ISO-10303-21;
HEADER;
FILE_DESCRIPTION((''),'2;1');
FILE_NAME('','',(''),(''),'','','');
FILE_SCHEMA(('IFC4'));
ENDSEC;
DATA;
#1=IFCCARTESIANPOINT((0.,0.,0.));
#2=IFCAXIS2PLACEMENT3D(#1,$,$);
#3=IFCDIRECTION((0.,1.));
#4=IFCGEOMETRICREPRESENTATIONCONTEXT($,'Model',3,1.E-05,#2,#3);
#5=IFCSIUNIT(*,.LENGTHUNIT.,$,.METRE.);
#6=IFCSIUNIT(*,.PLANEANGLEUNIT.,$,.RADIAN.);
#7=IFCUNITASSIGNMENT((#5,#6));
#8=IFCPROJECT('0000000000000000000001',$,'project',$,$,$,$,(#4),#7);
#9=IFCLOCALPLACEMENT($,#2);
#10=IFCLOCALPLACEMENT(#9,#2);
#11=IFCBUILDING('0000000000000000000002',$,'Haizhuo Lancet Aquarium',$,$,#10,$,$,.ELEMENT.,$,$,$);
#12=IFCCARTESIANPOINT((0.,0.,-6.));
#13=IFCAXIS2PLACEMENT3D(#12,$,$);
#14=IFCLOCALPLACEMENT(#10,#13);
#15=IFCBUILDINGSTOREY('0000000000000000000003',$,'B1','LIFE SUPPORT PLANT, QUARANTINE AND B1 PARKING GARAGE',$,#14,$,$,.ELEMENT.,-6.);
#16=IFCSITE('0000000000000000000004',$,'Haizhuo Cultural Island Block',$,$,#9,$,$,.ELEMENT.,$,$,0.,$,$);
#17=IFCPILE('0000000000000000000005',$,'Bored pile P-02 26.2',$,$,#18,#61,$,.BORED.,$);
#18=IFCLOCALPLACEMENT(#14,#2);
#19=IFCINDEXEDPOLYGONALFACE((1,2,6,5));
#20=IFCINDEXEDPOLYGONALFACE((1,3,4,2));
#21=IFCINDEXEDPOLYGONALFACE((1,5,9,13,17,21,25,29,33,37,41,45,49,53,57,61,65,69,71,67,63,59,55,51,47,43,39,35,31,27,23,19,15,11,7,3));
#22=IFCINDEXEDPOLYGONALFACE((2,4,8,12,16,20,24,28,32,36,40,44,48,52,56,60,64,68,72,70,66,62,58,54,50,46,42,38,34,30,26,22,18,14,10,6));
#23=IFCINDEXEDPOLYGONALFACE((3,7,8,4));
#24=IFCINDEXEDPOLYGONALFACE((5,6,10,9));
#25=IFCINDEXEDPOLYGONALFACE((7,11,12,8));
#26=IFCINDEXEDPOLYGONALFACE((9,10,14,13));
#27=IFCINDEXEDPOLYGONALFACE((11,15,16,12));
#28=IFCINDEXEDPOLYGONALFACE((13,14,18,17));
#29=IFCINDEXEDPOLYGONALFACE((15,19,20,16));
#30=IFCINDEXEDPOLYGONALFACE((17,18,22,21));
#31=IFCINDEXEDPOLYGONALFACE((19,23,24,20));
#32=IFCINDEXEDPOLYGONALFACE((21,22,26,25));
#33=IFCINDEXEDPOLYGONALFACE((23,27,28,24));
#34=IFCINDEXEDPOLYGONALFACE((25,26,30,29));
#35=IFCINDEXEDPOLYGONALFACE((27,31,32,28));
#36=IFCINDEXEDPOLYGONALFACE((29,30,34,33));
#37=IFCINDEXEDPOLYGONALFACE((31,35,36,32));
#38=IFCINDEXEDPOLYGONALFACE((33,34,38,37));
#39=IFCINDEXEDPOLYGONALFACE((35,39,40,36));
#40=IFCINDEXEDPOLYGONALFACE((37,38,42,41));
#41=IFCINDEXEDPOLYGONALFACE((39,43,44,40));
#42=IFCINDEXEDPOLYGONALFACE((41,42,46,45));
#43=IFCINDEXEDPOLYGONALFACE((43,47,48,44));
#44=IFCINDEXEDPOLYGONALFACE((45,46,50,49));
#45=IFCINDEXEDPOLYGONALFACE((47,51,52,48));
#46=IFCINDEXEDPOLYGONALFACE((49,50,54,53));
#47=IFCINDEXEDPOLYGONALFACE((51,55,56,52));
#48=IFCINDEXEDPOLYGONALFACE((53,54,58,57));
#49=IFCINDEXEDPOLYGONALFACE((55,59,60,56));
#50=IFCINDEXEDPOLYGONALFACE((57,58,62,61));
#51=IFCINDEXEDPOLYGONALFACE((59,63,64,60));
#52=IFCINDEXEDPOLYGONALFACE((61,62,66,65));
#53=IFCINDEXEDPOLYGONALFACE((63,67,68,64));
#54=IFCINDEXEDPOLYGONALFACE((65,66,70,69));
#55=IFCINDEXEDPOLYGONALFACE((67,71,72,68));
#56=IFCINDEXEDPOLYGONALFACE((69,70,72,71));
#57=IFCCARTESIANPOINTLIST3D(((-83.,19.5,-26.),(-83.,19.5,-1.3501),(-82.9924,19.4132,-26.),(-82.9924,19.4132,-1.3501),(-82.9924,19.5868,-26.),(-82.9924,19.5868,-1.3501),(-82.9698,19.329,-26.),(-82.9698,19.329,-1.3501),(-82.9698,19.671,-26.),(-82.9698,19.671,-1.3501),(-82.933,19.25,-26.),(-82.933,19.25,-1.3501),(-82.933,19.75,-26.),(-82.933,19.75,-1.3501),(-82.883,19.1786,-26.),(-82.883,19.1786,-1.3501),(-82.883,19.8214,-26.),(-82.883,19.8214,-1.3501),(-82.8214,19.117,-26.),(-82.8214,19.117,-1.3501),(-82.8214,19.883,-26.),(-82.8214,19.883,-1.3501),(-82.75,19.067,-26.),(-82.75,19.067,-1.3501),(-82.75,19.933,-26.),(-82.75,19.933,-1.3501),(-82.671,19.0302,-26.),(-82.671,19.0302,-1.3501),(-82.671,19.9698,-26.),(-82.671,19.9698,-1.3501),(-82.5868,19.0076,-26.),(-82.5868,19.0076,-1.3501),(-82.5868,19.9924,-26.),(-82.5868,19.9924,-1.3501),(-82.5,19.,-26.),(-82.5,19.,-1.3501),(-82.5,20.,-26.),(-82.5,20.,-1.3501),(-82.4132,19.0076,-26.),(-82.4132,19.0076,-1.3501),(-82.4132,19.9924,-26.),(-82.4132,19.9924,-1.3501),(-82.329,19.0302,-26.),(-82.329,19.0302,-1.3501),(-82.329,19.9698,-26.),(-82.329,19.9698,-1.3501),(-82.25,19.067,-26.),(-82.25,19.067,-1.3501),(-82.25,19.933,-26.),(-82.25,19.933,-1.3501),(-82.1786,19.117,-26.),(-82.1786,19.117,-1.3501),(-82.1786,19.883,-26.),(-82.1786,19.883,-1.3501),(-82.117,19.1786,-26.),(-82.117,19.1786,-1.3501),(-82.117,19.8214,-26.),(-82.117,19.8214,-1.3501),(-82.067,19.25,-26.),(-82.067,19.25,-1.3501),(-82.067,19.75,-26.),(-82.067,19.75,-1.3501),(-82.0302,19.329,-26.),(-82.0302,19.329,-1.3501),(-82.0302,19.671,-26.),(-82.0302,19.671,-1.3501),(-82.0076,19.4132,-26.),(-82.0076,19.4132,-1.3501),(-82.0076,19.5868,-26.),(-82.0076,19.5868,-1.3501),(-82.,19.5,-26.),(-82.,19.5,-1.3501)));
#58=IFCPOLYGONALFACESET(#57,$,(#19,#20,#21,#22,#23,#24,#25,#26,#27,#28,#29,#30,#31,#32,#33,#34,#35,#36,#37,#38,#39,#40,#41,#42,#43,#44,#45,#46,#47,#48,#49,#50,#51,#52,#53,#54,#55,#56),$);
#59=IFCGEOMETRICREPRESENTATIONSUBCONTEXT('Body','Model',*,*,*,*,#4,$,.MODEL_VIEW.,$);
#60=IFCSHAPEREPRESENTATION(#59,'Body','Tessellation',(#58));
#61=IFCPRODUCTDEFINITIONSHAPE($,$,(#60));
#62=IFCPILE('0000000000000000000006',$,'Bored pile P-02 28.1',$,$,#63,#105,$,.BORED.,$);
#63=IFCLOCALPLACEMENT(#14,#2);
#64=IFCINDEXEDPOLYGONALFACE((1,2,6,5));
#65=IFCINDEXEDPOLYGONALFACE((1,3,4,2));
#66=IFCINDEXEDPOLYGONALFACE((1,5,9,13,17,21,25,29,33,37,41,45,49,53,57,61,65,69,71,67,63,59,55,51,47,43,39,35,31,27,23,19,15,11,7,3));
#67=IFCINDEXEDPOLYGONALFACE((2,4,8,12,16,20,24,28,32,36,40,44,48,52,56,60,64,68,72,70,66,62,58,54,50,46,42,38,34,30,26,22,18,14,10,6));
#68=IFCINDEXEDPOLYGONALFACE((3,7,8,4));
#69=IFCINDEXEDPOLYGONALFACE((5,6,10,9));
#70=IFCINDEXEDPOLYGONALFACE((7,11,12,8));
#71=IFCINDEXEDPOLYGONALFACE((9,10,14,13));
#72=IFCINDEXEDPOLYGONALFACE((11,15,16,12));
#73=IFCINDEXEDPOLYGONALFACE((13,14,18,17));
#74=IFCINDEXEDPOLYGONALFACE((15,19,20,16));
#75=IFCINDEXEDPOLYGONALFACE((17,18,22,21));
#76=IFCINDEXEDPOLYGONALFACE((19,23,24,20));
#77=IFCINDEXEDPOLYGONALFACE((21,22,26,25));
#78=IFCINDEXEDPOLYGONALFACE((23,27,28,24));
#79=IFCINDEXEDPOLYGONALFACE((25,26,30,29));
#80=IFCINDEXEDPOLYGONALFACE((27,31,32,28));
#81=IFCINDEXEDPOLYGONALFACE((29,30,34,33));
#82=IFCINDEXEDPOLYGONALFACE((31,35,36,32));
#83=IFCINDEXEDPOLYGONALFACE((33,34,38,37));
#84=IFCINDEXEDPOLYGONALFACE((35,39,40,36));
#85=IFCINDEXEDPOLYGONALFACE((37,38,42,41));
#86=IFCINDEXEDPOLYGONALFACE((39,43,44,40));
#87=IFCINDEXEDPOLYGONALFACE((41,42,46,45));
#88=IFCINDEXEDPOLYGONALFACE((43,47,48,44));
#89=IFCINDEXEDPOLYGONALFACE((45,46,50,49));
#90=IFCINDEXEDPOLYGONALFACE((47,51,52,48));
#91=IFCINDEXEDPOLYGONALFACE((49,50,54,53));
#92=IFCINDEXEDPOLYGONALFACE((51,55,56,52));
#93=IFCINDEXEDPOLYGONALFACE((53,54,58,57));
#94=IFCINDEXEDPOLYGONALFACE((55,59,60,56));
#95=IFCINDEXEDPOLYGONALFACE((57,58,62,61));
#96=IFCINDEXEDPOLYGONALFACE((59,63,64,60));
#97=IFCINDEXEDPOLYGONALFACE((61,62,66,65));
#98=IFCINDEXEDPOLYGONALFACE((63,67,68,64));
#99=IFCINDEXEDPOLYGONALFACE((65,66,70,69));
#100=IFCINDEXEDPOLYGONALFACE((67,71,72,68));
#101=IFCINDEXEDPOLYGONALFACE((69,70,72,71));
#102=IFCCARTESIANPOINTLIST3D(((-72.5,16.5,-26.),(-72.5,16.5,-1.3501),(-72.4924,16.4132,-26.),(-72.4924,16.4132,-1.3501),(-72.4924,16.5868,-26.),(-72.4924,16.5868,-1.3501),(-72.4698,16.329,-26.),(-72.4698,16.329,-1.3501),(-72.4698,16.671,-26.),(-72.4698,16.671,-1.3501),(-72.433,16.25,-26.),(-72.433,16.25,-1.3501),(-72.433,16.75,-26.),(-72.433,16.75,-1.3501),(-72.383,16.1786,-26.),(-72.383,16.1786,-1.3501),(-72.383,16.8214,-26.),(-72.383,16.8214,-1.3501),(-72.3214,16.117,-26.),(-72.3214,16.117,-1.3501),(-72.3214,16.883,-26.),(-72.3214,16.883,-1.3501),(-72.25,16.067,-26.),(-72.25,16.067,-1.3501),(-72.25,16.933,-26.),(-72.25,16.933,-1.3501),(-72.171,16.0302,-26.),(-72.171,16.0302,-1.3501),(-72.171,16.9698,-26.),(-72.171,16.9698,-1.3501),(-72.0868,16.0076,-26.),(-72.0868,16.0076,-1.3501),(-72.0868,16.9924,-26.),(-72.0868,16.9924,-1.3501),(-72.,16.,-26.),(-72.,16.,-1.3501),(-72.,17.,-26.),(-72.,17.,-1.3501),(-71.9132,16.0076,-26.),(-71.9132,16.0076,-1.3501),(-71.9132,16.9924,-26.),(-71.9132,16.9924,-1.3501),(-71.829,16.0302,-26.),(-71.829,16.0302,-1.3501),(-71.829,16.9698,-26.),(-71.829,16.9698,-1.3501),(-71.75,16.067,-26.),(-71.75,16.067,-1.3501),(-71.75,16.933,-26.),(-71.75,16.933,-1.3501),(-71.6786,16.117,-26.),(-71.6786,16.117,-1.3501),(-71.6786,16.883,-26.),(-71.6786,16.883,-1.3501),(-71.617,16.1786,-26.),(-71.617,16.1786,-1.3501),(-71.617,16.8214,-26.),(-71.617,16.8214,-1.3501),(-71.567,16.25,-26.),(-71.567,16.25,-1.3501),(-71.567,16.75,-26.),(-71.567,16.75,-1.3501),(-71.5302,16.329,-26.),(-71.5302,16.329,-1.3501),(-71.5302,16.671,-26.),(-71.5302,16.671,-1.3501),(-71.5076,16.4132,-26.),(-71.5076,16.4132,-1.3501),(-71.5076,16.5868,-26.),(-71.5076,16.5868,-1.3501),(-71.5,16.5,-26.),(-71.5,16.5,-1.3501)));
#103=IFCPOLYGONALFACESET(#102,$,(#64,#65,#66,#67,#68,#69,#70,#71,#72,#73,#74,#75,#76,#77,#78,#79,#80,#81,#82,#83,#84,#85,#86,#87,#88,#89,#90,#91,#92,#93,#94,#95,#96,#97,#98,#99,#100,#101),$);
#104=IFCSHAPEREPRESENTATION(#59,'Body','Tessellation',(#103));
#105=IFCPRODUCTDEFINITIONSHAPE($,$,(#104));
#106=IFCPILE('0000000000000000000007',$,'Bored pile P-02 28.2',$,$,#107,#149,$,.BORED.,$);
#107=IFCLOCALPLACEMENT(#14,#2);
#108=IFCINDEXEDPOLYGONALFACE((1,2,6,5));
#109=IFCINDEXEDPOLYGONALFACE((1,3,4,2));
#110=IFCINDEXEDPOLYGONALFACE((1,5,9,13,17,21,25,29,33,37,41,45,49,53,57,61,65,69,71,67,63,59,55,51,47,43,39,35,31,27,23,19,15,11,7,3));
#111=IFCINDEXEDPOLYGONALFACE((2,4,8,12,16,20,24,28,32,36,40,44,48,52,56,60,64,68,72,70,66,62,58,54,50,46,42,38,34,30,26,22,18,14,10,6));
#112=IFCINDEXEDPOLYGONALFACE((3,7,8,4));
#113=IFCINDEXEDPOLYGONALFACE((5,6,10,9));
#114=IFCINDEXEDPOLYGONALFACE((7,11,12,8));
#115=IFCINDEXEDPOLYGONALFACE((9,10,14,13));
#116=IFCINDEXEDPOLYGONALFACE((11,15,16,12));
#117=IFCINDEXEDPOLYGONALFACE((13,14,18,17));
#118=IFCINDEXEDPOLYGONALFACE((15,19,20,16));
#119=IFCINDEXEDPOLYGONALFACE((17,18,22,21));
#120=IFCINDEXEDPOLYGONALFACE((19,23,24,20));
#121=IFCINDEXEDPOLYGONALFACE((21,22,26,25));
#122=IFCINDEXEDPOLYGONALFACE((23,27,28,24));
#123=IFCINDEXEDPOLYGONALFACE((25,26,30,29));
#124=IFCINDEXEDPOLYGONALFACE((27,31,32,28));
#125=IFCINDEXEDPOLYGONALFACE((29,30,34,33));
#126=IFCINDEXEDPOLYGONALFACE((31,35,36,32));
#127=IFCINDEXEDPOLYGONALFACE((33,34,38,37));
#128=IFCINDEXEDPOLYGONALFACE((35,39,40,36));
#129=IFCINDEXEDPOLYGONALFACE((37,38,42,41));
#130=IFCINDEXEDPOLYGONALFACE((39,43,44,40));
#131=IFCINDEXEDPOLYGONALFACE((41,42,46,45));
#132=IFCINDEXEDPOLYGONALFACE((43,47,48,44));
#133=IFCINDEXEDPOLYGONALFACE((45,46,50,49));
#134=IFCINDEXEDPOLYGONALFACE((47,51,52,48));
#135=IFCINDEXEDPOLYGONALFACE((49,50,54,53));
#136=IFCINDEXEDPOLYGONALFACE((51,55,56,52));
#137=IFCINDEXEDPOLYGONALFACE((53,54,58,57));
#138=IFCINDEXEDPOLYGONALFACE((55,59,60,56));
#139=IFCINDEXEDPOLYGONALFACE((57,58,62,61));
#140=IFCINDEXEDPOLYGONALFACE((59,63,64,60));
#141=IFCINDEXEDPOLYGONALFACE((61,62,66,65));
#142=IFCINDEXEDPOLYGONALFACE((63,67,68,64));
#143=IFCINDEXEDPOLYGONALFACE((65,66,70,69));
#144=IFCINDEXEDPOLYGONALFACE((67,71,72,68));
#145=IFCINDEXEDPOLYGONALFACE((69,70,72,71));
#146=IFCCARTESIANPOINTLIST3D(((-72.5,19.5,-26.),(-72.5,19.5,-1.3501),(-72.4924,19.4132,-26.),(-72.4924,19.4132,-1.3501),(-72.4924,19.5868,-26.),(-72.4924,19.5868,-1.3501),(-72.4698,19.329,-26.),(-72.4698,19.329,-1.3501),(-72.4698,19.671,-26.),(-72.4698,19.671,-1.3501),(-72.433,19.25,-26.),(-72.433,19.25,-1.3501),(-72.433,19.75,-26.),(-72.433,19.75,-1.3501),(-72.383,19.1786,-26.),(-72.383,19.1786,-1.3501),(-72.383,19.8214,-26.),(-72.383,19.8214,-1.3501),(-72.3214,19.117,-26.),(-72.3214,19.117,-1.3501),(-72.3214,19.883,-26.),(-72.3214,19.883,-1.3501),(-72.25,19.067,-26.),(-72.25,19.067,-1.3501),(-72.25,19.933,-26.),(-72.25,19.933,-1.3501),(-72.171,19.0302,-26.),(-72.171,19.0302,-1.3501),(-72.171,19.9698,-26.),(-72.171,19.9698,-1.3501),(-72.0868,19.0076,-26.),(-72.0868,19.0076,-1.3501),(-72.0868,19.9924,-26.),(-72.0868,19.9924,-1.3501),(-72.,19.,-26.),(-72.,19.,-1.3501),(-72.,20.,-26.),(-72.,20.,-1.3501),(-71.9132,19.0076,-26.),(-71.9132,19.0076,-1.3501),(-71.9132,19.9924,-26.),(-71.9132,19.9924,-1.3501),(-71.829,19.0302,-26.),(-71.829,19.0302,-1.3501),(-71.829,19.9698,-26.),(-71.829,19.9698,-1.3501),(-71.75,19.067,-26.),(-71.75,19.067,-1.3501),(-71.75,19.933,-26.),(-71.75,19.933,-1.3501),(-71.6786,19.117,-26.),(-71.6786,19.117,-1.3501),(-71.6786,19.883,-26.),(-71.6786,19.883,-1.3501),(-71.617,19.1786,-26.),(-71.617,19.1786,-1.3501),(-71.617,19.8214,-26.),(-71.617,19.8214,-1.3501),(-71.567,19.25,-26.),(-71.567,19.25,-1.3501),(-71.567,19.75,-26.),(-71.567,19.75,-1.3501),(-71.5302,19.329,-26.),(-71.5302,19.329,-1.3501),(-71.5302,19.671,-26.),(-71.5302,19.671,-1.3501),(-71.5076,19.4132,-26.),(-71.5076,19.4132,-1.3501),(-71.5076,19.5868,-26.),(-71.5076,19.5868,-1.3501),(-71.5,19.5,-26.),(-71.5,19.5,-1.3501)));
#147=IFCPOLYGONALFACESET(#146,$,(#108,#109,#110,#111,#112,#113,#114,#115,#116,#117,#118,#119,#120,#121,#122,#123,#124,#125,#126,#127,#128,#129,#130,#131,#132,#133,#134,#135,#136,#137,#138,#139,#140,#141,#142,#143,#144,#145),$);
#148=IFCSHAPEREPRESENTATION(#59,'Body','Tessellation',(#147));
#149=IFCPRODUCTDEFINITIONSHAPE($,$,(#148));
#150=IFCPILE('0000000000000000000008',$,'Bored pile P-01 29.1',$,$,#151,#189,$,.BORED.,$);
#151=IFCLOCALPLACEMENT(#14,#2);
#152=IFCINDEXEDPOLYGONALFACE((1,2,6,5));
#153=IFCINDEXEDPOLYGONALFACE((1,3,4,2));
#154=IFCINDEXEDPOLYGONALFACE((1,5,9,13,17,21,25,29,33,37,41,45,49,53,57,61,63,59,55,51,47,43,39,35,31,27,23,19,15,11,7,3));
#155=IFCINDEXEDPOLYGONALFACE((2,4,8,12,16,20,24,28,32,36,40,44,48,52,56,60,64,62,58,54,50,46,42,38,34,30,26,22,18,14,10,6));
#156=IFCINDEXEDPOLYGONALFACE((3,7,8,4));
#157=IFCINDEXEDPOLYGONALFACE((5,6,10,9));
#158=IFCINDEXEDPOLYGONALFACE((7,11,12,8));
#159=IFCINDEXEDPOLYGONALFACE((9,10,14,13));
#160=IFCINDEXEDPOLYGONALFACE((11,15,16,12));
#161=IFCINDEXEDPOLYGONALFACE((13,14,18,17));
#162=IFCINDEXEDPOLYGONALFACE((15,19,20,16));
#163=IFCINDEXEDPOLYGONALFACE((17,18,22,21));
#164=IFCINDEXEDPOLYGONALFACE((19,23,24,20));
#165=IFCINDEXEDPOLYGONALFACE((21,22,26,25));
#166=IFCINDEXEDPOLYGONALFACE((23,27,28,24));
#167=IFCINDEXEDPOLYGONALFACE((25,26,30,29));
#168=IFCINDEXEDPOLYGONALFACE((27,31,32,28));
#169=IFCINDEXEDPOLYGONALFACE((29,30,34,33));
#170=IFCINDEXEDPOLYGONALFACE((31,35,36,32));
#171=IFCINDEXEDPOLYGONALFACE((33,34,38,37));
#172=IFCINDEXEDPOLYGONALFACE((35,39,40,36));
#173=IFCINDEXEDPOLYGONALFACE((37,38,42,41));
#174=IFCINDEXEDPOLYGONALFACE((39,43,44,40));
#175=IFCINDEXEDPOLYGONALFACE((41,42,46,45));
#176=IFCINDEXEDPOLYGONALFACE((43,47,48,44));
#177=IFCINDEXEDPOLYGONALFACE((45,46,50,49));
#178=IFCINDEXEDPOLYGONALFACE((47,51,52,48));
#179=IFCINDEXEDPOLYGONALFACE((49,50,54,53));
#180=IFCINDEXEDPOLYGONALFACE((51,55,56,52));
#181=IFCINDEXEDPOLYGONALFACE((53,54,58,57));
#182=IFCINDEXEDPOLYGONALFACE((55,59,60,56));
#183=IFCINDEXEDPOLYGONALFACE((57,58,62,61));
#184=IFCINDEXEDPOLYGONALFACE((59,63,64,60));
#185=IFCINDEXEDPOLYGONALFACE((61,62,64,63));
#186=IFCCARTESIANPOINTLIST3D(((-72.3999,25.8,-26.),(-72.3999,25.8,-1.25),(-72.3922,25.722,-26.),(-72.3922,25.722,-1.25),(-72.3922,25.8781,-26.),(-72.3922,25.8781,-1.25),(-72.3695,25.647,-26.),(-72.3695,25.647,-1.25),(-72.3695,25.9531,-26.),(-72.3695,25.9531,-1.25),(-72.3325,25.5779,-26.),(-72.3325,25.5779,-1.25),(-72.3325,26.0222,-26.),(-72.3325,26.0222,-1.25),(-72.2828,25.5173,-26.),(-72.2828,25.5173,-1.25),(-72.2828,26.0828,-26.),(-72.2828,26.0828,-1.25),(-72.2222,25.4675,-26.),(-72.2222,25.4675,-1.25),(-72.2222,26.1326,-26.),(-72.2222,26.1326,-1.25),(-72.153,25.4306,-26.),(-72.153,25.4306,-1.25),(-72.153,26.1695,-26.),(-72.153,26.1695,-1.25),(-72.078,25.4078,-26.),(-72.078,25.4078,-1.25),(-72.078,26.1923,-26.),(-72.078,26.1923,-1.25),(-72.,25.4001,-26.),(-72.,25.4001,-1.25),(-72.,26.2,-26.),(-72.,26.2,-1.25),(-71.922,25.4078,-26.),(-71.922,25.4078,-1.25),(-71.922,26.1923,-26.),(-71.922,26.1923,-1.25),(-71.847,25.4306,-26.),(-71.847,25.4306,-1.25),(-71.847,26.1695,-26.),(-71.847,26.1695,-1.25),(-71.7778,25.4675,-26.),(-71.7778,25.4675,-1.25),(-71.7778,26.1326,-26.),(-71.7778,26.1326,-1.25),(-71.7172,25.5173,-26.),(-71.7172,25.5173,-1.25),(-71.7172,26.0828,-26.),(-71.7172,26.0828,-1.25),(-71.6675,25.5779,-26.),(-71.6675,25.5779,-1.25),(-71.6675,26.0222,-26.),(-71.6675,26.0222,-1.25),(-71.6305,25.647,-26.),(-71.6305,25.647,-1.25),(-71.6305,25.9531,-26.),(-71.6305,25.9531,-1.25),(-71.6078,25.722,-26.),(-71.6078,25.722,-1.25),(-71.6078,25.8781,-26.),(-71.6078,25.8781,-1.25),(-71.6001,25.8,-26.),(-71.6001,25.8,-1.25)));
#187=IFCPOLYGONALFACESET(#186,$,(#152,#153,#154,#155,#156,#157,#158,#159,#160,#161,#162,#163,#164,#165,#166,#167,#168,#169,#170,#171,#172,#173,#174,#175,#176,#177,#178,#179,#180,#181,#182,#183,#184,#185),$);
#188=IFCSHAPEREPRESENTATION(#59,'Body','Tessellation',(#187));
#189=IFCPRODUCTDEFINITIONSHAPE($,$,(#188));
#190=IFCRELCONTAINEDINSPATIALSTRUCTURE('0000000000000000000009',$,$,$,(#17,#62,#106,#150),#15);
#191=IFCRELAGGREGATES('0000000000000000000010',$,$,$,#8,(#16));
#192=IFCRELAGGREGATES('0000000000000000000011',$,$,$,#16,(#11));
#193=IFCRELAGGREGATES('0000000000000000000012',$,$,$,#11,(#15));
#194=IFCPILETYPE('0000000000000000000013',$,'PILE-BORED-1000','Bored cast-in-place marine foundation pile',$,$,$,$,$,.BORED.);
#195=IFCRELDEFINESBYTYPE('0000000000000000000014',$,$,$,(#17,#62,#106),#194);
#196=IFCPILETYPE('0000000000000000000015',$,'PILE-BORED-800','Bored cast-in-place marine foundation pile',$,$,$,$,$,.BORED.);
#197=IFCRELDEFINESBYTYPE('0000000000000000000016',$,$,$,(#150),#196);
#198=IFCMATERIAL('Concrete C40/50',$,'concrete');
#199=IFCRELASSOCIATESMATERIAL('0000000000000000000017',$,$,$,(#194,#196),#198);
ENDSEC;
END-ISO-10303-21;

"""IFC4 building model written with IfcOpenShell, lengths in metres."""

from ifc_helpers import new_model, si_unit, direction, frame, origin, origin_2d, place, context, subcontext, project, spatial, circle, extrude, material, material_profile, profile_set, type_object, element, save


model = new_model("IFC4")

# Units and contexts
model_context = context("Model", 3, precision=1e-05, world=origin(), true_north=direction((0.0, 1.0)))
body_context = subcontext(model_context, "Body", "Model", "MODEL_VIEW")
ifc_project = project(units=[si_unit("LENGTHUNIT", "METRE"), si_unit("PLANEANGLEUNIT", "RADIAN")], contexts=[model_context])

# Site, building, storey
site_placement = place(None, origin())
site = spatial("IfcSite", under=ifc_project, at=site_placement, Name="Haizhuo Cultural Island Block", CompositionType="ELEMENT", RefElevation=0.0)
building_placement = place(site_placement, origin())
building = spatial("IfcBuilding", under=site, at=building_placement, Name="Haizhuo Lancet Aquarium", CompositionType="ELEMENT")
storey_placement = place(building_placement, frame((0.0, 0.0, -6.0)))
storey = spatial("IfcBuildingStorey", under=building, at=storey_placement, Name="B1", Description="LIFE SUPPORT PLANT, QUARANTINE AND B1 PARKING GARAGE", CompositionType="ELEMENT", Elevation=-6.0)

# Shared definitions
ifc_material_1 = material(Name="Concrete C40/50", Category="concrete")

# Piles
ifc_material_profile_1 = material_profile(ifc_material_1, circle(Radius=0.5, at=origin_2d()), Name="PILE-1000")
ifc_profile_set_1 = profile_set([ifc_material_profile_1], Name="Concrete C40/50")
pile_type_1 = type_object("IfcPileType", Name="PILE-BORED-1000", Description="Bored cast-in-place marine foundation pile", PredefinedType="BORED", material=ifc_profile_set_1)
for number, where, z_axis, x_axis, name in (
    (1, (-82.5, 19.5, -1.3501), (0.0, 0.0, -1.0), (1.0, 0.0, 0.0), "Bored pile P-02 26.2"),
    (2, (-72.0, 16.5, -1.3501), (0.0, 0.0, -1.0), (1.0, 0.0, 0.0), "Bored pile P-02 28.1"),
    (3, (-72.0, 19.5, -1.3501), (0.0, 0.0, -1.0), (1.0, 0.0, 0.0), "Bored pile P-02 28.2"),
):
    element("IfcPile", number, at=place(storey_placement, frame(where, z_axis=z_axis, x_axis=x_axis)), inside=storey, type_object=pile_type_1, Name=name, PredefinedType="BORED", context=body_context, shape_type="SweptSolid", body=[
        extrude(circle(Radius=0.5, at=origin_2d()), origin(), (0.0, 0.0, 1.0), 24.6499),
    ])
ifc_material_profile_2 = material_profile(ifc_material_1, circle(Radius=0.3999, at=origin_2d()), Name="PILE-800")
ifc_profile_set_2 = profile_set([ifc_material_profile_2], Name="Concrete C40/50")
pile_type_2 = type_object("IfcPileType", Name="PILE-BORED-800", Description="Bored cast-in-place marine foundation pile", PredefinedType="BORED", material=ifc_profile_set_2)
for number, where, z_axis, x_axis, name in (
    (4, (-72.0, 25.8, -1.25), (0.0, 0.0, -1.0), (1.0, 0.0, 0.0), "Bored pile P-01 29.1"),
):
    element("IfcPile", number, at=place(storey_placement, frame(where, z_axis=z_axis, x_axis=x_axis)), inside=storey, type_object=pile_type_2, Name=name, PredefinedType="BORED", context=body_context, shape_type="SweptSolid", body=[
        extrude(circle(Radius=0.3999, at=origin_2d()), origin(), (0.0, 0.0, 1.0), 24.75),
    ])

save(model, "model.ifc")
